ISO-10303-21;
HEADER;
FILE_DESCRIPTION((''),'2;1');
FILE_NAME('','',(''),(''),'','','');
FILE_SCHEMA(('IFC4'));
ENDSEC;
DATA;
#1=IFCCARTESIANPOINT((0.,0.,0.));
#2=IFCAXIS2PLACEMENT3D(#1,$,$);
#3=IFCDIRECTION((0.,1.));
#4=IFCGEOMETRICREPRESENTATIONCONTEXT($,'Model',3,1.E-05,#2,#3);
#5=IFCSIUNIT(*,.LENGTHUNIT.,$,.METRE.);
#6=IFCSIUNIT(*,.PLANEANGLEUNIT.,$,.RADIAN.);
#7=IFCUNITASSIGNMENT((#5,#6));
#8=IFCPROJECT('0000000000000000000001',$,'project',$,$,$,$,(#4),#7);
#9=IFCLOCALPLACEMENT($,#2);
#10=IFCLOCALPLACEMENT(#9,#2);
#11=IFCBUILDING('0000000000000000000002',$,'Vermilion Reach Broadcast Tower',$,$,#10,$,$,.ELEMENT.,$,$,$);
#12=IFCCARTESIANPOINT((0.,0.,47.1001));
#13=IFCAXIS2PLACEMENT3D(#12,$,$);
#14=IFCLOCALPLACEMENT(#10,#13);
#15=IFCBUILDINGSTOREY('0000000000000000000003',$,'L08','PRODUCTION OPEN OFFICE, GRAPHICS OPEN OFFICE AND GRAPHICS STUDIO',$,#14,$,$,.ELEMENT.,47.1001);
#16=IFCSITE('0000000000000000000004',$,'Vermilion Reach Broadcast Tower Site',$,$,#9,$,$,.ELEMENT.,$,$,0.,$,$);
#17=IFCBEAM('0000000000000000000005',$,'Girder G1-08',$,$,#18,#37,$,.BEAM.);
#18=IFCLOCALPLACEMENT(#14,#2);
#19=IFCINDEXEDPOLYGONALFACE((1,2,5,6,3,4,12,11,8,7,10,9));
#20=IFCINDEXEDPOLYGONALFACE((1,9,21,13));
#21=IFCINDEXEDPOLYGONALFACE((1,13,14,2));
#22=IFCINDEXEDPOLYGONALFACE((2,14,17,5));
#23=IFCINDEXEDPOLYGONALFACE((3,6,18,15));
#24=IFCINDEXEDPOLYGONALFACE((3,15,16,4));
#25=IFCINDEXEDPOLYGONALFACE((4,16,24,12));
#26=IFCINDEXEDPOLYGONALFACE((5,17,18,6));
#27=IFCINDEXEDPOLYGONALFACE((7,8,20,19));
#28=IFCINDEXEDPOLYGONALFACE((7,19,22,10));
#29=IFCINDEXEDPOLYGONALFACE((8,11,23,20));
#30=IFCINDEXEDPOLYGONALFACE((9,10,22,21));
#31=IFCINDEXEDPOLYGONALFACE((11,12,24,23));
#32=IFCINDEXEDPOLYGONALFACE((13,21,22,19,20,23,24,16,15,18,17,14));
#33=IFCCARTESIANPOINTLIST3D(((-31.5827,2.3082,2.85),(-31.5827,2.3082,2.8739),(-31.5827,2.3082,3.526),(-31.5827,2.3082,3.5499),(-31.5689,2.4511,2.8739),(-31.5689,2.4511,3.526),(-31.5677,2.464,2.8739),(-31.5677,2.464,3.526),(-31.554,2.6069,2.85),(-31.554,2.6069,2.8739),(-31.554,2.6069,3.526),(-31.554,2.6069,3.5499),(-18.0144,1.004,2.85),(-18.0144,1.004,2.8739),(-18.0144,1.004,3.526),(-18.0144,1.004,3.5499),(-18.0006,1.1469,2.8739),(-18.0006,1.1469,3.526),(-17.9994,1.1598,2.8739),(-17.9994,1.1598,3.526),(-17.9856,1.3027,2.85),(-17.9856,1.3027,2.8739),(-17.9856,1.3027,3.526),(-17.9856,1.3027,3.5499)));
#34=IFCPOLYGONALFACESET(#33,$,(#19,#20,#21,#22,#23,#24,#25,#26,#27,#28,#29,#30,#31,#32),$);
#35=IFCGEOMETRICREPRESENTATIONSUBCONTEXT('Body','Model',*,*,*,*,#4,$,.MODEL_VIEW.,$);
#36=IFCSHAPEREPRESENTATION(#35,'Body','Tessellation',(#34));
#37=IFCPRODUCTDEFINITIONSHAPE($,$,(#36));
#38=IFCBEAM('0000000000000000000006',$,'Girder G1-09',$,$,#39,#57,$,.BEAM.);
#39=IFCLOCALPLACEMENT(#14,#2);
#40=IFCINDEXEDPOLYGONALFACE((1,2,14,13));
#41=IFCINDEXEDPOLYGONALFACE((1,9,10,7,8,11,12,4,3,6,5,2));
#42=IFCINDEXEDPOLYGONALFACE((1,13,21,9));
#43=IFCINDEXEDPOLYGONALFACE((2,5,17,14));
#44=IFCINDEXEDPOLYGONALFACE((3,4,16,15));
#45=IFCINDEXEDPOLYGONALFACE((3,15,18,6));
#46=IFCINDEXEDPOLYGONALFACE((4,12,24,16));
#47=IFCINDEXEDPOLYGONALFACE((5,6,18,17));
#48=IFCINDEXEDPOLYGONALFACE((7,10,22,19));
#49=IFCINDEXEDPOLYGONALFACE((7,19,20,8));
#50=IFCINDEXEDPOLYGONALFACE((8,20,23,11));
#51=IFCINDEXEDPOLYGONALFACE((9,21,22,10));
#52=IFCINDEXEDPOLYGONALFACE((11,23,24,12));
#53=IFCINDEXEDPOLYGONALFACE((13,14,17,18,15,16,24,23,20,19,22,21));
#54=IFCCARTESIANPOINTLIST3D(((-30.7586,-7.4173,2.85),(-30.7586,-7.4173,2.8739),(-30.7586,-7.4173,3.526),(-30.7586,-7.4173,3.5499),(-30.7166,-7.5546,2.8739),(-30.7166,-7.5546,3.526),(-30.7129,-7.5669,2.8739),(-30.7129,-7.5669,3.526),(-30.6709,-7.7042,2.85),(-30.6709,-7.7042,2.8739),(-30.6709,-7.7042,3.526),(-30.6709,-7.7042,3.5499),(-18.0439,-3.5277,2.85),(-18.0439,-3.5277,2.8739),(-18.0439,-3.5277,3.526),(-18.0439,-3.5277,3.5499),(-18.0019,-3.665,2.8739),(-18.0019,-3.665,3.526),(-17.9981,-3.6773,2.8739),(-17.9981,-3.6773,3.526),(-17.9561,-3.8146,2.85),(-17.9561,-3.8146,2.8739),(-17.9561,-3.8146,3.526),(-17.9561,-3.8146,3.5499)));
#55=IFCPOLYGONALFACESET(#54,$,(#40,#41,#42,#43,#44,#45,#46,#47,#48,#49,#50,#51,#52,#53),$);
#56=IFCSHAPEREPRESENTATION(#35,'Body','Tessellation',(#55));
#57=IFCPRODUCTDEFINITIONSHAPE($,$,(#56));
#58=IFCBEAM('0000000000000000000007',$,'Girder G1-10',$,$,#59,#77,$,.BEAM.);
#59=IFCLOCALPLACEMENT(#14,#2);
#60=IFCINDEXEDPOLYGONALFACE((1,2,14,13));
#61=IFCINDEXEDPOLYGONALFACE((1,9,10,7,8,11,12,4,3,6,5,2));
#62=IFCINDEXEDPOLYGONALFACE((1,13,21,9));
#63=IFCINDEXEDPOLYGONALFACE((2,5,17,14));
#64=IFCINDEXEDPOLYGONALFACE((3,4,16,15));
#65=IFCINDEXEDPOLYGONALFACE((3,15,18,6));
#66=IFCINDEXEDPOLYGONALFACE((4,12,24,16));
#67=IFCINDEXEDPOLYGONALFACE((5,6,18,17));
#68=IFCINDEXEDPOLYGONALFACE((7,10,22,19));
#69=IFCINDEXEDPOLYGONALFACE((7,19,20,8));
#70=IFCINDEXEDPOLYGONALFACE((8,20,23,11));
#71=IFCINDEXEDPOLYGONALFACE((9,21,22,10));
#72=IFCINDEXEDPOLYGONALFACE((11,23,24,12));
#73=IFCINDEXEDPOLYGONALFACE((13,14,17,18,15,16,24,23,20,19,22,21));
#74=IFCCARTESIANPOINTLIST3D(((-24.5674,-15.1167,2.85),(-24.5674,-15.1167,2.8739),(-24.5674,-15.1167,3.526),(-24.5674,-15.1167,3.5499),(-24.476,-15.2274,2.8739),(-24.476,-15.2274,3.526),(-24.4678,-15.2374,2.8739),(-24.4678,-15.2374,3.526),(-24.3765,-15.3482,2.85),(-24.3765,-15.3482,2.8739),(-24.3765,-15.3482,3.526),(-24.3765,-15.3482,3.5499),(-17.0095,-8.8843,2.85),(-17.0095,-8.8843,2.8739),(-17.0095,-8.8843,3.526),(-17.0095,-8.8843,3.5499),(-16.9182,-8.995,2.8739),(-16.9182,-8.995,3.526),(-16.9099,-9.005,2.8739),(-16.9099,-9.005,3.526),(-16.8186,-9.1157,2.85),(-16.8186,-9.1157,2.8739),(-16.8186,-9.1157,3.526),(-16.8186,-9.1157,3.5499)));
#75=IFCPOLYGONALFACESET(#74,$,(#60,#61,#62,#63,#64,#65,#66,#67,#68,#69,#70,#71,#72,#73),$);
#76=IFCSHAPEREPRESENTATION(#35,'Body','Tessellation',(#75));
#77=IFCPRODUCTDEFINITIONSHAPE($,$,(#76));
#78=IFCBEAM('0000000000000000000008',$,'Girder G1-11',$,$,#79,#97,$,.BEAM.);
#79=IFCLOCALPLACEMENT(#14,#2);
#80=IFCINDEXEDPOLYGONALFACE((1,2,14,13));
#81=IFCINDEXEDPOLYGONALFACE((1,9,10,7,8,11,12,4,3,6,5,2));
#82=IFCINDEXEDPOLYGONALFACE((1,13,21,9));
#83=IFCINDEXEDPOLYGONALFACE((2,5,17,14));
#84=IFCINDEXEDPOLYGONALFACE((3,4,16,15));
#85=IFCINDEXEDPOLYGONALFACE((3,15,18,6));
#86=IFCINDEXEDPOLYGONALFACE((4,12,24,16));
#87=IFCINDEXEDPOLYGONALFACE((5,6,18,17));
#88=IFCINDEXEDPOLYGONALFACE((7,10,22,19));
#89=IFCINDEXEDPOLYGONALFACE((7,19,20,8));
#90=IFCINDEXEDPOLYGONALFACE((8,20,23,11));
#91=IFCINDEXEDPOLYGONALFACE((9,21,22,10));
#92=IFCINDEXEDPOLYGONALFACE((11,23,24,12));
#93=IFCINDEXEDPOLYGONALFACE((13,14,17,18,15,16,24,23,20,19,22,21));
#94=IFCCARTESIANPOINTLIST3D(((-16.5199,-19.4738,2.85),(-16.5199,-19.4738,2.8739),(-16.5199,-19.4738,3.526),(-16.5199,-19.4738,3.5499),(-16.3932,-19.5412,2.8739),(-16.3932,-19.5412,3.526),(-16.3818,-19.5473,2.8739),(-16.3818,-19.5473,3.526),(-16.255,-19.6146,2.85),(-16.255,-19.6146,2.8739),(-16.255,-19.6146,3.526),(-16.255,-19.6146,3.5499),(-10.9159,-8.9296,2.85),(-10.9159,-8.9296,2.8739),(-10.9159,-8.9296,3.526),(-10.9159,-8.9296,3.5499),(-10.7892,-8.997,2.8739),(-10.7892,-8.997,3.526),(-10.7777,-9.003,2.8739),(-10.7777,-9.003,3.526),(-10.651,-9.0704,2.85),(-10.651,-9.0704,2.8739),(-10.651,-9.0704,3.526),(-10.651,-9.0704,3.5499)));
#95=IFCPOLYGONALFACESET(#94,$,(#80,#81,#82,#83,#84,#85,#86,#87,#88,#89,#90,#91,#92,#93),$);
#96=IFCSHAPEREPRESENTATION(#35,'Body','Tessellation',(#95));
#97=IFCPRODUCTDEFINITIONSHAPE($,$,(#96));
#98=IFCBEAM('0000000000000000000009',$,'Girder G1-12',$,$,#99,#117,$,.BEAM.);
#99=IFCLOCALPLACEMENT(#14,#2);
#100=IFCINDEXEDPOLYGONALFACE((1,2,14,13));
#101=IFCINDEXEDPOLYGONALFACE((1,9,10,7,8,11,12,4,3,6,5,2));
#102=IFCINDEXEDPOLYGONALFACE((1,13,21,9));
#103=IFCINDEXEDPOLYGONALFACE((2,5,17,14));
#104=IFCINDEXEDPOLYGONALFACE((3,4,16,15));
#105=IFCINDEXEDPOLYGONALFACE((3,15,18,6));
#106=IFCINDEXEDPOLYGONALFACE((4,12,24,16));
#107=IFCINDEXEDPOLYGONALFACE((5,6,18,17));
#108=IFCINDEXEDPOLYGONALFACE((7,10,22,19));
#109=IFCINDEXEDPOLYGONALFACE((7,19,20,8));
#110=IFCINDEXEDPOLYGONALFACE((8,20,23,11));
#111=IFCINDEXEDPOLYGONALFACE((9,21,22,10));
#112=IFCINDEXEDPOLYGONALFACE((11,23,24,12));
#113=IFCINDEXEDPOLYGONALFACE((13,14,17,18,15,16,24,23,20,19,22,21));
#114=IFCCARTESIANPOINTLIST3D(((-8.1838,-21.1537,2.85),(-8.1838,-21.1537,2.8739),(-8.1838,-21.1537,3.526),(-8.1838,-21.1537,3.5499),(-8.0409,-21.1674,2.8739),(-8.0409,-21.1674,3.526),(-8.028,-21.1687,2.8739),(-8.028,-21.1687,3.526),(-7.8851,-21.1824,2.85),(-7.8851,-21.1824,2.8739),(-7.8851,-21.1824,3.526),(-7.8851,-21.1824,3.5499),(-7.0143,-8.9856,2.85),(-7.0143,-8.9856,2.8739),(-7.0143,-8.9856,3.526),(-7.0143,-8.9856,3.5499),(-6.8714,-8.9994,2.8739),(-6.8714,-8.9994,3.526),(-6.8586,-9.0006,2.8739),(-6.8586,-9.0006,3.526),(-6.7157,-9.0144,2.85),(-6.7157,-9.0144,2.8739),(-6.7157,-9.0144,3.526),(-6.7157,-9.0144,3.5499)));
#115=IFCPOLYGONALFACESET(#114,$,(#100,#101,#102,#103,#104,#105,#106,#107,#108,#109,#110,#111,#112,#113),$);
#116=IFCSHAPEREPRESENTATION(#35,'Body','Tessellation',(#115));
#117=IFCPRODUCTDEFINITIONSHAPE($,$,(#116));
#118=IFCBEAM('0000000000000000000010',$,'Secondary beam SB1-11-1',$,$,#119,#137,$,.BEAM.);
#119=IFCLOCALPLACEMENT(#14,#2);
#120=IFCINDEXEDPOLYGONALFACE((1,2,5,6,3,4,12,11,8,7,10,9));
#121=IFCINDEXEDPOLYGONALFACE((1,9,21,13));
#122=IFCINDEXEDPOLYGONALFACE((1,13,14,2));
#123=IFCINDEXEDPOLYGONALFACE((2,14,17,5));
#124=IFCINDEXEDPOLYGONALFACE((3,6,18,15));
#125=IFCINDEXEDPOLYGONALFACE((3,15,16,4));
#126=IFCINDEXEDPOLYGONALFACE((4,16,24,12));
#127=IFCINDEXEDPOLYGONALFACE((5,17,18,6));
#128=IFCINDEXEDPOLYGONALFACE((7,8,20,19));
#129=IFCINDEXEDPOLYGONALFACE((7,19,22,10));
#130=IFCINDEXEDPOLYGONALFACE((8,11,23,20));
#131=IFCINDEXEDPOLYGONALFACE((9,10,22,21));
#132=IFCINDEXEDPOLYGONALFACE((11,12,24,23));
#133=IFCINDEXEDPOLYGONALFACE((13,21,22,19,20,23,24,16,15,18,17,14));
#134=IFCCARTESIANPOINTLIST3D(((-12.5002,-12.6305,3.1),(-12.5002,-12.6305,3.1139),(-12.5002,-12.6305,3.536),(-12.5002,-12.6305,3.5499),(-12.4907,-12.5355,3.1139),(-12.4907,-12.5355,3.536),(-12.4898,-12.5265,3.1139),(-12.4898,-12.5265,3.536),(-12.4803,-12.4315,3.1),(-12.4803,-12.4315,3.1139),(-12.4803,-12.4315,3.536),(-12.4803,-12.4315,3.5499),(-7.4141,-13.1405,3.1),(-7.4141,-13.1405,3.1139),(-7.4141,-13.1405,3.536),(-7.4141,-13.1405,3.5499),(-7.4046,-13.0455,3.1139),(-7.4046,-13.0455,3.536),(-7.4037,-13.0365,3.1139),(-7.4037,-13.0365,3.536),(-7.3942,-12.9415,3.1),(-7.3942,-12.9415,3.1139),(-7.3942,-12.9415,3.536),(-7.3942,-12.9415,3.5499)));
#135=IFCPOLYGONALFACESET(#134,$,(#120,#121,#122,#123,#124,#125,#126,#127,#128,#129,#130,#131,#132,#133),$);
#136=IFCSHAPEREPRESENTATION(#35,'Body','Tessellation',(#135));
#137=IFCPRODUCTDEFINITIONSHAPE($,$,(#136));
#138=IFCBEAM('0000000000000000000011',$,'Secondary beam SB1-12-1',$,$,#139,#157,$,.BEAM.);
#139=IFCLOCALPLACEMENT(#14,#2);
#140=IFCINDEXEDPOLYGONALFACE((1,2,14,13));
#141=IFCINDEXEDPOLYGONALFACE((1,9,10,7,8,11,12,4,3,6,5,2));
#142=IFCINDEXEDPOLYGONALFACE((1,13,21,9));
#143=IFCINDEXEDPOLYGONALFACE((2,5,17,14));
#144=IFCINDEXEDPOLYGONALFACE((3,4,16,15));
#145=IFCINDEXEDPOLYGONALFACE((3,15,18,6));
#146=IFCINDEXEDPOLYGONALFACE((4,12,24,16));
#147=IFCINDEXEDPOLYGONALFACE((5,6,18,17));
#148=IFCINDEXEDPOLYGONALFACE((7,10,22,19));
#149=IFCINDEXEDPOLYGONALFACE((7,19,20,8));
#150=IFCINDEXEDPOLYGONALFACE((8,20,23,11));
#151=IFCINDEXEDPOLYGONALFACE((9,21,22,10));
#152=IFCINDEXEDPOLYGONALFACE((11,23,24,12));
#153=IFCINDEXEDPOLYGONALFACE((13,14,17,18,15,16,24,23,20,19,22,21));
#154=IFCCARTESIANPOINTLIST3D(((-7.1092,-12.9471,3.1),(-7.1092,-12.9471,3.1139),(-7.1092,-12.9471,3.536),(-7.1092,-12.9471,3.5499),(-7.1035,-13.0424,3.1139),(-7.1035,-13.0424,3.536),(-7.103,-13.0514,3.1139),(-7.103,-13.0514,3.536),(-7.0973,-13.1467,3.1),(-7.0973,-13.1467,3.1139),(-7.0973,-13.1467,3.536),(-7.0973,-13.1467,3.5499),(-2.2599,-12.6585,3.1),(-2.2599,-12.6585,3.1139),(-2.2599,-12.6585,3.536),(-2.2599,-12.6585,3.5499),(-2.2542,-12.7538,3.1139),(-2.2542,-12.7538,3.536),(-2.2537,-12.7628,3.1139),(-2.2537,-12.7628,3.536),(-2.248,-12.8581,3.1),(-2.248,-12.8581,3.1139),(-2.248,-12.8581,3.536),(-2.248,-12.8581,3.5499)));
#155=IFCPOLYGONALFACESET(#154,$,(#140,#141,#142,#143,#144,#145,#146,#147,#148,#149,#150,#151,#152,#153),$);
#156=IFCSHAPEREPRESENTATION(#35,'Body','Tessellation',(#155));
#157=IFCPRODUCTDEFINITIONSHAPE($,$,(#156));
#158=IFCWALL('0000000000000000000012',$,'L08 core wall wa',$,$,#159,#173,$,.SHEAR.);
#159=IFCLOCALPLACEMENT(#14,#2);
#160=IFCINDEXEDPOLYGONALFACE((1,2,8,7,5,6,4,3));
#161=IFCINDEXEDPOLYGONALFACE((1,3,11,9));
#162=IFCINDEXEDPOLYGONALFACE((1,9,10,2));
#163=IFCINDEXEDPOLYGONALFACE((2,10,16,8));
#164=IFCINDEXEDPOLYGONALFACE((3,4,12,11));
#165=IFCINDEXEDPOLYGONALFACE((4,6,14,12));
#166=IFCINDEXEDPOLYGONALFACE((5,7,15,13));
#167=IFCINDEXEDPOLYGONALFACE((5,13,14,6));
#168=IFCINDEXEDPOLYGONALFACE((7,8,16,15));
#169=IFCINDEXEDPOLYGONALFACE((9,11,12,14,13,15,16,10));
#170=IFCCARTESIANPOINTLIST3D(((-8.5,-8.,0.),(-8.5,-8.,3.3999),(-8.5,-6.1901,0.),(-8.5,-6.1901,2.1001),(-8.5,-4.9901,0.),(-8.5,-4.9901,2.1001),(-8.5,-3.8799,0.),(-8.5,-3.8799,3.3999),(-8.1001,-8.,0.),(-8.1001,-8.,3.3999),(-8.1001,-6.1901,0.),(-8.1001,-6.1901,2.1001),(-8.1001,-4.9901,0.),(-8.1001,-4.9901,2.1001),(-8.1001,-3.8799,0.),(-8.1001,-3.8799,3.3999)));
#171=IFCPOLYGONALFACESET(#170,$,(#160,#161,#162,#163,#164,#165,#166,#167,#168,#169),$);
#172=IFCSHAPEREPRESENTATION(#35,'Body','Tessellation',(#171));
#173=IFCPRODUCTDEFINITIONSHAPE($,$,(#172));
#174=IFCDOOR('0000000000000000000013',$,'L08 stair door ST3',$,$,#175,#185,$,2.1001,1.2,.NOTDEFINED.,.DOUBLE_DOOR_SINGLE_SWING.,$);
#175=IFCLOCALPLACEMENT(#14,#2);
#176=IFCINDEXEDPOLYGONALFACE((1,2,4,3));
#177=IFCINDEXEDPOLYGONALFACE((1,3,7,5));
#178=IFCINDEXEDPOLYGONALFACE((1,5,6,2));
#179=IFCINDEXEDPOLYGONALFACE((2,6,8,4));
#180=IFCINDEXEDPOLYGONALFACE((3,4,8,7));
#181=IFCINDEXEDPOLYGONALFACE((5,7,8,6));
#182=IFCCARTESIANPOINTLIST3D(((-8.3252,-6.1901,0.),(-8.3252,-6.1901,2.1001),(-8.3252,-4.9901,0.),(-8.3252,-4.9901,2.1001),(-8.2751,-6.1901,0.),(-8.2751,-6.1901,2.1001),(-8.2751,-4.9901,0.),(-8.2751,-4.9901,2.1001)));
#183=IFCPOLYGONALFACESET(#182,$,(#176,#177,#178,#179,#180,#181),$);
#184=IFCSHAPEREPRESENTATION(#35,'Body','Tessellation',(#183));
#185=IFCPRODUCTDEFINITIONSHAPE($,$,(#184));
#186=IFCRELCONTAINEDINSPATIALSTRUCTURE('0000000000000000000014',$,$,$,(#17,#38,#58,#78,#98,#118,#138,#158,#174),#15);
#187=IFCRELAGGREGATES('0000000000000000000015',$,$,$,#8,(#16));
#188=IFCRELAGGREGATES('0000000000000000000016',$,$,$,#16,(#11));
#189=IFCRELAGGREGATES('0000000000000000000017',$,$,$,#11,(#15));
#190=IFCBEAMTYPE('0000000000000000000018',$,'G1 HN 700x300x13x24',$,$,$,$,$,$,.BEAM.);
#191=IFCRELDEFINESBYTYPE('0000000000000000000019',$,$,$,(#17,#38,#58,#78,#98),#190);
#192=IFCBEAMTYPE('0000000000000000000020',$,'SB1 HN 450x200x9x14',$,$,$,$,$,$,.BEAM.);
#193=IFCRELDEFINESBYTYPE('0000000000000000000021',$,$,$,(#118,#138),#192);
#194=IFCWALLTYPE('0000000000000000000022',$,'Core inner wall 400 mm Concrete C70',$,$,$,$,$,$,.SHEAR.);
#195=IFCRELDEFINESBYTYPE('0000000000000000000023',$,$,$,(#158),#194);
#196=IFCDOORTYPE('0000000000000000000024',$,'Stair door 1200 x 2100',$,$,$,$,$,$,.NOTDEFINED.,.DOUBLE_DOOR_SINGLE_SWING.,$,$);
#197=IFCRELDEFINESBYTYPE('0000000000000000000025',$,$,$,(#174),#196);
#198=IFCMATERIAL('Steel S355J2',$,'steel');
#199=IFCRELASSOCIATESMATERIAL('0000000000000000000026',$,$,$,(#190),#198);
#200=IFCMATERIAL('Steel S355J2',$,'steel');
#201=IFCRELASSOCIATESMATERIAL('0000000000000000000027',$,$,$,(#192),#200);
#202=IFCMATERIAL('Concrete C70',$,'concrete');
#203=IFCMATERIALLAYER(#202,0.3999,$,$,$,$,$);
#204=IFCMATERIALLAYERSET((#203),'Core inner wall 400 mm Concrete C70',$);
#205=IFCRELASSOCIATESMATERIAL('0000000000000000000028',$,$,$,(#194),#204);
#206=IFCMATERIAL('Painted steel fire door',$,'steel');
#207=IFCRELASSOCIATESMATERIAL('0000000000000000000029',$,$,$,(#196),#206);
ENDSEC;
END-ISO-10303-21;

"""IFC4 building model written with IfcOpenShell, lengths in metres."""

from ifc_helpers import new_model, si_unit, direction, frame, frame_2d, origin, origin_2d, place, context, subcontext, project, spatial, rectangle, i_section, extrude, material, layer, layer_set, material_profile, profile_set, type_object, element, fill, save


model = new_model("IFC4")

# Units and contexts
model_context = context("Model", 3, precision=1e-05, world=origin(), true_north=direction((0.0, 1.0)))
body_context = subcontext(model_context, "Body", "Model", "MODEL_VIEW")
ifc_project = project(units=[si_unit("LENGTHUNIT", "METRE"), si_unit("PLANEANGLEUNIT", "RADIAN")], contexts=[model_context])

# Site, building, storey
site_placement = place(None, origin())
site = spatial("IfcSite", under=ifc_project, at=site_placement, Name="Vermilion Reach Broadcast Tower Site", CompositionType="ELEMENT", RefElevation=0.0)
building_placement = place(site_placement, origin())
building = spatial("IfcBuilding", under=site, at=building_placement, Name="Vermilion Reach Broadcast Tower", CompositionType="ELEMENT")
storey_placement = place(building_placement, frame((0.0, 0.0, 47.1001)))
storey = spatial("IfcBuildingStorey", under=building, at=storey_placement, Name="L08", Description="PRODUCTION OPEN OFFICE, GRAPHICS OPEN OFFICE AND GRAPHICS STUDIO", CompositionType="ELEMENT", Elevation=47.1001)

# Beams
ifc_material_1 = material(Name="Steel S355J2", Category="steel")
ifc_material_profile_1 = material_profile(ifc_material_1, i_section(OverallWidth=0.3, OverallDepth=0.7, WebThickness=0.0129, FlangeThickness=0.0239, at=origin_2d()), Name="S355J2 HN 700x300x13x24")
ifc_profile_set_1 = profile_set([ifc_material_profile_1], Name="Steel S355J2")
beam_type_1 = type_object("IfcBeamType", Name="G1 HN 700x300x13x24", PredefinedType="BEAM", material=ifc_profile_set_1)
beam_1_placement = place(storey_placement, frame((-18.0, 1.1533, 3.2), z_axis=(-0.995412, 0.09568, 0.0), x_axis=(-0.09568, -0.995412, 0.0)))
element("IfcBeam", 1, at=beam_1_placement, inside=storey, type_object=beam_type_1, Name="Girder G1-08", PredefinedType="BEAM", context=body_context, shape_type="SweptSolid", body=[
    extrude(i_section(OverallWidth=0.3, OverallDepth=0.7, WebThickness=0.0129, FlangeThickness=0.0239, at=origin_2d()), origin(), (0.0, 0.0, 1.0), 13.6309),
])
beam_2_placement = place(storey_placement, frame((-18.0, -3.6711, 3.2), z_axis=(-0.956256, -0.292532, 0.0), x_axis=(0.292532, -0.956256, 0.0)))
element("IfcBeam", 2, at=beam_2_placement, inside=storey, type_object=beam_type_1, Name="Girder G1-09", PredefinedType="BEAM", context=body_context, shape_type="SweptSolid", body=[
    extrude(i_section(OverallWidth=0.3, OverallDepth=0.7, WebThickness=0.0129, FlangeThickness=0.0239, at=origin_2d()), origin(), (0.0, 0.0, 1.0), 13.2964),
])
beam_3_placement = place(storey_placement, frame((-16.9141, -9.0, 3.2), z_axis=(-0.771514, -0.636212, 0.0), x_axis=(0.636212, -0.771514, 0.0)))
element("IfcBeam", 3, at=beam_3_placement, inside=storey, type_object=beam_type_1, Name="Girder G1-10", PredefinedType="BEAM", context=body_context, shape_type="SweptSolid", body=[
    extrude(i_section(OverallWidth=0.3, OverallDepth=0.7, WebThickness=0.0129, FlangeThickness=0.0239, at=origin_2d()), origin(), (0.0, 0.0, 1.0), 9.7961),
])
beam_4_placement = place(storey_placement, frame((-10.7834, -9.0, 3.2), z_axis=(-0.469312, -0.883032, 0.0), x_axis=(0.883032, -0.469312, 0.0)))
element("IfcBeam", 4, at=beam_4_placement, inside=storey, type_object=beam_type_1, Name="Girder G1-11", PredefinedType="BEAM", context=body_context, shape_type="SweptSolid", body=[
    extrude(i_section(OverallWidth=0.3, OverallDepth=0.7, WebThickness=0.0129, FlangeThickness=0.0239, at=origin_2d()), origin(), (0.0, 0.0, 1.0), 11.9409),
])
beam_5_placement = place(storey_placement, frame((-6.865, -9.0, 3.2), z_axis=(-0.095667, -0.995413, 0.0), x_axis=(0.995413, -0.095667, 0.0)))
element("IfcBeam", 5, at=beam_5_placement, inside=storey, type_object=beam_type_1, Name="Girder G1-12", PredefinedType="BEAM", context=body_context, shape_type="SweptSolid", body=[
    extrude(i_section(OverallWidth=0.3, OverallDepth=0.7, WebThickness=0.0129, FlangeThickness=0.0239, at=origin_2d()), origin(), (0.0, 0.0, 1.0), 12.2241),
])
ifc_material_2 = material(Name="Steel S355J2", Category="steel")
ifc_material_profile_2 = material_profile(ifc_material_2, i_section(OverallWidth=0.2, OverallDepth=0.45, WebThickness=0.009, FlangeThickness=0.0139, at=origin_2d()), Name="S355J2 HN 450x200x9x14")
ifc_profile_set_2 = profile_set([ifc_material_profile_2], Name="Steel S355J2")
beam_type_2 = type_object("IfcBeamType", Name="SB1 HN 450x200x9x14", PredefinedType="BEAM", material=ifc_profile_set_2)
beam_6_placement = place(storey_placement, frame((-12.4902, -12.531, 3.325), z_axis=(0.99501, -0.099773, 0.0), x_axis=(0.099773, 0.99501, 0.0)))
element("IfcBeam", 6, at=beam_6_placement, inside=storey, type_object=beam_type_2, Name="Secondary beam SB1-11-1", PredefinedType="BEAM", context=body_context, shape_type="SweptSolid", body=[
    extrude(i_section(OverallWidth=0.2, OverallDepth=0.45, WebThickness=0.009, FlangeThickness=0.0139, at=origin_2d()), origin(), (0.0, 0.0, 1.0), 5.1116),
])
beam_7_placement = place(storey_placement, frame((-7.1033, -13.0469, 3.325), z_axis=(0.998234, 0.059403, 0.0), x_axis=(-0.059403, 0.998234, 0.0)))
element("IfcBeam", 7, at=beam_7_placement, inside=storey, type_object=beam_type_2, Name="Secondary beam SB1-12-1", PredefinedType="BEAM", context=body_context, shape_type="SweptSolid", body=[
    extrude(i_section(OverallWidth=0.2, OverallDepth=0.45, WebThickness=0.009, FlangeThickness=0.0139, at=origin_2d()), origin(), (0.0, 0.0, 1.0), 4.8579),
])

# Wall, opening, door
ifc_material_3 = material(Name="Concrete C70", Category="concrete")
ifc_layer_1 = layer(ifc_material_3, 0.3999)
ifc_layer_set_1 = layer_set([ifc_layer_1], Name="Core inner wall 400 mm Concrete C70")
wall_type_1 = type_object("IfcWallType", Name="Core inner wall 400 mm Concrete C70", PredefinedType="SHEAR", material=ifc_layer_set_1)
wall_1_placement = place(storey_placement, frame((-8.3, -3.8799, 0.0), z_axis=(0.0, 0.0, 1.0), x_axis=(0.0, -1.0, 0.0)))
wall_1 = element("IfcWall", 8, at=wall_1_placement, inside=storey, type_object=wall_type_1, Name="L08 core wall wa", PredefinedType="SHEAR", context=body_context, shape_type="SweptSolid", body=[
    extrude(rectangle(XDim=4.1201, YDim=0.3999, at=frame_2d((2.0601, 0.0))), origin(), (0.0, 0.0, 1.0), 3.3999),
])
opening_1_placement = place(wall_1_placement, frame((1.1101, 0.0, 0.0)))
opening_1 = element("IfcOpeningElement", 9, at=opening_1_placement, cuts=wall_1, PredefinedType="OPENING", context=body_context, shape_type="SweptSolid", body=[
    extrude(rectangle(XDim=1.2, YDim=2.1001, at=frame_2d((0.6001, 1.05))), frame((0.0, 0.21, 0.0), z_axis=(0.0, -1.0, 0.0), x_axis=(1.0, 0.0, 0.0)), (0.0, 0.0, 1.0), 0.4199),
])
ifc_material_4 = material(Name="Painted steel fire door", Category="steel")
door_type_1 = type_object("IfcDoorType", Name="Stair door 1200 x 2100", OperationType="DOUBLE_DOOR_SINGLE_SWING", PredefinedType="NOTDEFINED", material=ifc_material_4)
door_1_placement = place(opening_1_placement, origin())
door_1 = element("IfcDoor", 10, at=door_1_placement, inside=storey, type_object=door_type_1, Name="L08 stair door ST3", OperationType="DOUBLE_DOOR_SINGLE_SWING", OverallHeight=2.1001, OverallWidth=1.2, PredefinedType="NOTDEFINED", context=body_context, shape_type="SweptSolid", body=[
    extrude(rectangle(XDim=1.2, YDim=2.1001, at=frame_2d((0.6001, 1.05))), frame((0.0, 0.0249, 0.0), z_axis=(0.0, -1.0, 0.0), x_axis=(1.0, 0.0, 0.0)), (0.0, 0.0, 1.0), 0.05),
])
fill(opening_1, door_1)

save(model, "model.ifc")
